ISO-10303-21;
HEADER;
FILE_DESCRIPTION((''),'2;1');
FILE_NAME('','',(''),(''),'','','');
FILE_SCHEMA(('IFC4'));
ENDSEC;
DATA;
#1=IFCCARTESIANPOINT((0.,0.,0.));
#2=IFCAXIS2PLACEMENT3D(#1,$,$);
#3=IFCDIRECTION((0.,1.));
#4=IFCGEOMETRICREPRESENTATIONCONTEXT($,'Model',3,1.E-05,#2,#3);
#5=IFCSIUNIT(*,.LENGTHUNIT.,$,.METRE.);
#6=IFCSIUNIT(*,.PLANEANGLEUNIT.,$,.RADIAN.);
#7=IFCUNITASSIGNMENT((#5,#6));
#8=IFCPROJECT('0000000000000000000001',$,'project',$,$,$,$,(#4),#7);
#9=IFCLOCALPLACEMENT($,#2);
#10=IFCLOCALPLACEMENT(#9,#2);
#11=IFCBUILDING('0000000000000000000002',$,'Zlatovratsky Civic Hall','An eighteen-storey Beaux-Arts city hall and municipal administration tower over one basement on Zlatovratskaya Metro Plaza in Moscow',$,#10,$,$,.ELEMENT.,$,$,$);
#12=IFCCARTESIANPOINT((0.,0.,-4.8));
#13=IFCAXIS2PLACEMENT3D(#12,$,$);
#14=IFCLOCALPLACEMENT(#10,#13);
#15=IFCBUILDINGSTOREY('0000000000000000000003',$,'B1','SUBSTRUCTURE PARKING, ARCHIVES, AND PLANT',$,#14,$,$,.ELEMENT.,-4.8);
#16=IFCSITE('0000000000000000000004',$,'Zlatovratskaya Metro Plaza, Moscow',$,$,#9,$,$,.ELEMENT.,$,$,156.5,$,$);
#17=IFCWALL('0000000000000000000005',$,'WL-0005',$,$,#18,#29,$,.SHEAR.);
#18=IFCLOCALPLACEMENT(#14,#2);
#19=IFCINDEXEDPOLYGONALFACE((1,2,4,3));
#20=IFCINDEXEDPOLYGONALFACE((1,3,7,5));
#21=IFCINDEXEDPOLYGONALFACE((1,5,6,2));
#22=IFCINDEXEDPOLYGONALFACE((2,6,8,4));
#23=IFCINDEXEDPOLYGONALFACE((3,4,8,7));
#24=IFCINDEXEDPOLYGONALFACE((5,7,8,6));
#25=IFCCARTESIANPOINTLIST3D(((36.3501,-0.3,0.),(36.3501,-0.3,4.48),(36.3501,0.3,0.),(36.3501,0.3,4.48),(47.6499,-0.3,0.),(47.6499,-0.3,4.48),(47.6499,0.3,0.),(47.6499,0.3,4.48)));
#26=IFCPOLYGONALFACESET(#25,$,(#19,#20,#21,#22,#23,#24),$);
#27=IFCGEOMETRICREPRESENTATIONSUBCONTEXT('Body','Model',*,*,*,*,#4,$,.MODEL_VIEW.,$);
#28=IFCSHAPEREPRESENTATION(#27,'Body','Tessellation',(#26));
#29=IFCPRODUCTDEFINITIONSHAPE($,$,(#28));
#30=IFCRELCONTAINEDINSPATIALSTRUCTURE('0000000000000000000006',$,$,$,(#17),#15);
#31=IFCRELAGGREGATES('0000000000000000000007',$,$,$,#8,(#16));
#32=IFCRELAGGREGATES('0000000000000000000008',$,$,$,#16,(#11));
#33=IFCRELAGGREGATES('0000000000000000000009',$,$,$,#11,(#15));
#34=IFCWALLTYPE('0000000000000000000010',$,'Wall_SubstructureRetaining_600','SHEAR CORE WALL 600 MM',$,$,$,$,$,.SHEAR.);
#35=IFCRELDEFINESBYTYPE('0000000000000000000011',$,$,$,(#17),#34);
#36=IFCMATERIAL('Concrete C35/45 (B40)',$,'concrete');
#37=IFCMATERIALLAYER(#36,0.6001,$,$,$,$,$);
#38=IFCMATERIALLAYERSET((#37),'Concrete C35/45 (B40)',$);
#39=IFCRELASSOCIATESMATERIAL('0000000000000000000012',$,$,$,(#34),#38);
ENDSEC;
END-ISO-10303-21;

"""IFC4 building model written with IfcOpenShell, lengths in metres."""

from ifc_helpers import new_model, si_unit, direction, frame, frame_2d, origin, place, context, subcontext, project, spatial, rectangle, extrude, material, layer, layer_set, type_object, element, save


model = new_model("IFC4")

# Units and contexts
model_context = context("Model", 3, precision=1e-05, world=origin(), true_north=direction((0.0, 1.0)))
body_context = subcontext(model_context, "Body", "Model", "MODEL_VIEW")
ifc_project = project(units=[si_unit("LENGTHUNIT", "METRE"), si_unit("PLANEANGLEUNIT", "RADIAN")], contexts=[model_context])

# Site, building, storey
site_placement = place(None, origin())
site = spatial("IfcSite", under=ifc_project, at=site_placement, Name="Zlatovratskaya Metro Plaza, Moscow", CompositionType="ELEMENT", RefElevation=156.5)
building_placement = place(site_placement, origin())
building = spatial("IfcBuilding", under=site, at=building_placement, Name="Zlatovratsky Civic Hall", Description="An eighteen-storey Beaux-Arts city hall and municipal administration tower over one basement on Zlatovratskaya Metro Plaza in Moscow", CompositionType="ELEMENT")
storey_placement = place(building_placement, frame((0.0, 0.0, -4.8)))
storey = spatial("IfcBuildingStorey", under=building, at=storey_placement, Name="B1", Description="SUBSTRUCTURE PARKING, ARCHIVES, AND PLANT", CompositionType="ELEMENT", Elevation=-4.8)

# Shared definitions
ifc_material_1 = material(Name="Concrete C35/45 (B40)", Category="concrete")

# Wall
ifc_layer_1 = layer(ifc_material_1, 0.6001)
ifc_layer_set_1 = layer_set([ifc_layer_1], Name="Concrete C35/45 (B40)")
wall_type_1 = type_object("IfcWallType", Name="Wall_SubstructureRetaining_600", Description="SHEAR CORE WALL 600 MM", PredefinedType="SHEAR", material=ifc_layer_set_1)
for number, where, z_axis, x_axis, name in (
    (1, (36.3501, 0.0, 0.0), (0.0, 0.0, 1.0), (1.0, 0.0, 0.0), "WL-0005"),
):
    element("IfcWall", number, at=place(storey_placement, frame(where, z_axis=z_axis, x_axis=x_axis)), inside=storey, type_object=wall_type_1, Name=name, PredefinedType="SHEAR", context=body_context, shape_type="SweptSolid", body=[
        extrude(rectangle(XDim=11.2998, YDim=0.6001, at=frame_2d((5.6499, 0.0))), origin(), (0.0, 0.0, 1.0), 4.48),
    ])

save(model, "model.ifc")
